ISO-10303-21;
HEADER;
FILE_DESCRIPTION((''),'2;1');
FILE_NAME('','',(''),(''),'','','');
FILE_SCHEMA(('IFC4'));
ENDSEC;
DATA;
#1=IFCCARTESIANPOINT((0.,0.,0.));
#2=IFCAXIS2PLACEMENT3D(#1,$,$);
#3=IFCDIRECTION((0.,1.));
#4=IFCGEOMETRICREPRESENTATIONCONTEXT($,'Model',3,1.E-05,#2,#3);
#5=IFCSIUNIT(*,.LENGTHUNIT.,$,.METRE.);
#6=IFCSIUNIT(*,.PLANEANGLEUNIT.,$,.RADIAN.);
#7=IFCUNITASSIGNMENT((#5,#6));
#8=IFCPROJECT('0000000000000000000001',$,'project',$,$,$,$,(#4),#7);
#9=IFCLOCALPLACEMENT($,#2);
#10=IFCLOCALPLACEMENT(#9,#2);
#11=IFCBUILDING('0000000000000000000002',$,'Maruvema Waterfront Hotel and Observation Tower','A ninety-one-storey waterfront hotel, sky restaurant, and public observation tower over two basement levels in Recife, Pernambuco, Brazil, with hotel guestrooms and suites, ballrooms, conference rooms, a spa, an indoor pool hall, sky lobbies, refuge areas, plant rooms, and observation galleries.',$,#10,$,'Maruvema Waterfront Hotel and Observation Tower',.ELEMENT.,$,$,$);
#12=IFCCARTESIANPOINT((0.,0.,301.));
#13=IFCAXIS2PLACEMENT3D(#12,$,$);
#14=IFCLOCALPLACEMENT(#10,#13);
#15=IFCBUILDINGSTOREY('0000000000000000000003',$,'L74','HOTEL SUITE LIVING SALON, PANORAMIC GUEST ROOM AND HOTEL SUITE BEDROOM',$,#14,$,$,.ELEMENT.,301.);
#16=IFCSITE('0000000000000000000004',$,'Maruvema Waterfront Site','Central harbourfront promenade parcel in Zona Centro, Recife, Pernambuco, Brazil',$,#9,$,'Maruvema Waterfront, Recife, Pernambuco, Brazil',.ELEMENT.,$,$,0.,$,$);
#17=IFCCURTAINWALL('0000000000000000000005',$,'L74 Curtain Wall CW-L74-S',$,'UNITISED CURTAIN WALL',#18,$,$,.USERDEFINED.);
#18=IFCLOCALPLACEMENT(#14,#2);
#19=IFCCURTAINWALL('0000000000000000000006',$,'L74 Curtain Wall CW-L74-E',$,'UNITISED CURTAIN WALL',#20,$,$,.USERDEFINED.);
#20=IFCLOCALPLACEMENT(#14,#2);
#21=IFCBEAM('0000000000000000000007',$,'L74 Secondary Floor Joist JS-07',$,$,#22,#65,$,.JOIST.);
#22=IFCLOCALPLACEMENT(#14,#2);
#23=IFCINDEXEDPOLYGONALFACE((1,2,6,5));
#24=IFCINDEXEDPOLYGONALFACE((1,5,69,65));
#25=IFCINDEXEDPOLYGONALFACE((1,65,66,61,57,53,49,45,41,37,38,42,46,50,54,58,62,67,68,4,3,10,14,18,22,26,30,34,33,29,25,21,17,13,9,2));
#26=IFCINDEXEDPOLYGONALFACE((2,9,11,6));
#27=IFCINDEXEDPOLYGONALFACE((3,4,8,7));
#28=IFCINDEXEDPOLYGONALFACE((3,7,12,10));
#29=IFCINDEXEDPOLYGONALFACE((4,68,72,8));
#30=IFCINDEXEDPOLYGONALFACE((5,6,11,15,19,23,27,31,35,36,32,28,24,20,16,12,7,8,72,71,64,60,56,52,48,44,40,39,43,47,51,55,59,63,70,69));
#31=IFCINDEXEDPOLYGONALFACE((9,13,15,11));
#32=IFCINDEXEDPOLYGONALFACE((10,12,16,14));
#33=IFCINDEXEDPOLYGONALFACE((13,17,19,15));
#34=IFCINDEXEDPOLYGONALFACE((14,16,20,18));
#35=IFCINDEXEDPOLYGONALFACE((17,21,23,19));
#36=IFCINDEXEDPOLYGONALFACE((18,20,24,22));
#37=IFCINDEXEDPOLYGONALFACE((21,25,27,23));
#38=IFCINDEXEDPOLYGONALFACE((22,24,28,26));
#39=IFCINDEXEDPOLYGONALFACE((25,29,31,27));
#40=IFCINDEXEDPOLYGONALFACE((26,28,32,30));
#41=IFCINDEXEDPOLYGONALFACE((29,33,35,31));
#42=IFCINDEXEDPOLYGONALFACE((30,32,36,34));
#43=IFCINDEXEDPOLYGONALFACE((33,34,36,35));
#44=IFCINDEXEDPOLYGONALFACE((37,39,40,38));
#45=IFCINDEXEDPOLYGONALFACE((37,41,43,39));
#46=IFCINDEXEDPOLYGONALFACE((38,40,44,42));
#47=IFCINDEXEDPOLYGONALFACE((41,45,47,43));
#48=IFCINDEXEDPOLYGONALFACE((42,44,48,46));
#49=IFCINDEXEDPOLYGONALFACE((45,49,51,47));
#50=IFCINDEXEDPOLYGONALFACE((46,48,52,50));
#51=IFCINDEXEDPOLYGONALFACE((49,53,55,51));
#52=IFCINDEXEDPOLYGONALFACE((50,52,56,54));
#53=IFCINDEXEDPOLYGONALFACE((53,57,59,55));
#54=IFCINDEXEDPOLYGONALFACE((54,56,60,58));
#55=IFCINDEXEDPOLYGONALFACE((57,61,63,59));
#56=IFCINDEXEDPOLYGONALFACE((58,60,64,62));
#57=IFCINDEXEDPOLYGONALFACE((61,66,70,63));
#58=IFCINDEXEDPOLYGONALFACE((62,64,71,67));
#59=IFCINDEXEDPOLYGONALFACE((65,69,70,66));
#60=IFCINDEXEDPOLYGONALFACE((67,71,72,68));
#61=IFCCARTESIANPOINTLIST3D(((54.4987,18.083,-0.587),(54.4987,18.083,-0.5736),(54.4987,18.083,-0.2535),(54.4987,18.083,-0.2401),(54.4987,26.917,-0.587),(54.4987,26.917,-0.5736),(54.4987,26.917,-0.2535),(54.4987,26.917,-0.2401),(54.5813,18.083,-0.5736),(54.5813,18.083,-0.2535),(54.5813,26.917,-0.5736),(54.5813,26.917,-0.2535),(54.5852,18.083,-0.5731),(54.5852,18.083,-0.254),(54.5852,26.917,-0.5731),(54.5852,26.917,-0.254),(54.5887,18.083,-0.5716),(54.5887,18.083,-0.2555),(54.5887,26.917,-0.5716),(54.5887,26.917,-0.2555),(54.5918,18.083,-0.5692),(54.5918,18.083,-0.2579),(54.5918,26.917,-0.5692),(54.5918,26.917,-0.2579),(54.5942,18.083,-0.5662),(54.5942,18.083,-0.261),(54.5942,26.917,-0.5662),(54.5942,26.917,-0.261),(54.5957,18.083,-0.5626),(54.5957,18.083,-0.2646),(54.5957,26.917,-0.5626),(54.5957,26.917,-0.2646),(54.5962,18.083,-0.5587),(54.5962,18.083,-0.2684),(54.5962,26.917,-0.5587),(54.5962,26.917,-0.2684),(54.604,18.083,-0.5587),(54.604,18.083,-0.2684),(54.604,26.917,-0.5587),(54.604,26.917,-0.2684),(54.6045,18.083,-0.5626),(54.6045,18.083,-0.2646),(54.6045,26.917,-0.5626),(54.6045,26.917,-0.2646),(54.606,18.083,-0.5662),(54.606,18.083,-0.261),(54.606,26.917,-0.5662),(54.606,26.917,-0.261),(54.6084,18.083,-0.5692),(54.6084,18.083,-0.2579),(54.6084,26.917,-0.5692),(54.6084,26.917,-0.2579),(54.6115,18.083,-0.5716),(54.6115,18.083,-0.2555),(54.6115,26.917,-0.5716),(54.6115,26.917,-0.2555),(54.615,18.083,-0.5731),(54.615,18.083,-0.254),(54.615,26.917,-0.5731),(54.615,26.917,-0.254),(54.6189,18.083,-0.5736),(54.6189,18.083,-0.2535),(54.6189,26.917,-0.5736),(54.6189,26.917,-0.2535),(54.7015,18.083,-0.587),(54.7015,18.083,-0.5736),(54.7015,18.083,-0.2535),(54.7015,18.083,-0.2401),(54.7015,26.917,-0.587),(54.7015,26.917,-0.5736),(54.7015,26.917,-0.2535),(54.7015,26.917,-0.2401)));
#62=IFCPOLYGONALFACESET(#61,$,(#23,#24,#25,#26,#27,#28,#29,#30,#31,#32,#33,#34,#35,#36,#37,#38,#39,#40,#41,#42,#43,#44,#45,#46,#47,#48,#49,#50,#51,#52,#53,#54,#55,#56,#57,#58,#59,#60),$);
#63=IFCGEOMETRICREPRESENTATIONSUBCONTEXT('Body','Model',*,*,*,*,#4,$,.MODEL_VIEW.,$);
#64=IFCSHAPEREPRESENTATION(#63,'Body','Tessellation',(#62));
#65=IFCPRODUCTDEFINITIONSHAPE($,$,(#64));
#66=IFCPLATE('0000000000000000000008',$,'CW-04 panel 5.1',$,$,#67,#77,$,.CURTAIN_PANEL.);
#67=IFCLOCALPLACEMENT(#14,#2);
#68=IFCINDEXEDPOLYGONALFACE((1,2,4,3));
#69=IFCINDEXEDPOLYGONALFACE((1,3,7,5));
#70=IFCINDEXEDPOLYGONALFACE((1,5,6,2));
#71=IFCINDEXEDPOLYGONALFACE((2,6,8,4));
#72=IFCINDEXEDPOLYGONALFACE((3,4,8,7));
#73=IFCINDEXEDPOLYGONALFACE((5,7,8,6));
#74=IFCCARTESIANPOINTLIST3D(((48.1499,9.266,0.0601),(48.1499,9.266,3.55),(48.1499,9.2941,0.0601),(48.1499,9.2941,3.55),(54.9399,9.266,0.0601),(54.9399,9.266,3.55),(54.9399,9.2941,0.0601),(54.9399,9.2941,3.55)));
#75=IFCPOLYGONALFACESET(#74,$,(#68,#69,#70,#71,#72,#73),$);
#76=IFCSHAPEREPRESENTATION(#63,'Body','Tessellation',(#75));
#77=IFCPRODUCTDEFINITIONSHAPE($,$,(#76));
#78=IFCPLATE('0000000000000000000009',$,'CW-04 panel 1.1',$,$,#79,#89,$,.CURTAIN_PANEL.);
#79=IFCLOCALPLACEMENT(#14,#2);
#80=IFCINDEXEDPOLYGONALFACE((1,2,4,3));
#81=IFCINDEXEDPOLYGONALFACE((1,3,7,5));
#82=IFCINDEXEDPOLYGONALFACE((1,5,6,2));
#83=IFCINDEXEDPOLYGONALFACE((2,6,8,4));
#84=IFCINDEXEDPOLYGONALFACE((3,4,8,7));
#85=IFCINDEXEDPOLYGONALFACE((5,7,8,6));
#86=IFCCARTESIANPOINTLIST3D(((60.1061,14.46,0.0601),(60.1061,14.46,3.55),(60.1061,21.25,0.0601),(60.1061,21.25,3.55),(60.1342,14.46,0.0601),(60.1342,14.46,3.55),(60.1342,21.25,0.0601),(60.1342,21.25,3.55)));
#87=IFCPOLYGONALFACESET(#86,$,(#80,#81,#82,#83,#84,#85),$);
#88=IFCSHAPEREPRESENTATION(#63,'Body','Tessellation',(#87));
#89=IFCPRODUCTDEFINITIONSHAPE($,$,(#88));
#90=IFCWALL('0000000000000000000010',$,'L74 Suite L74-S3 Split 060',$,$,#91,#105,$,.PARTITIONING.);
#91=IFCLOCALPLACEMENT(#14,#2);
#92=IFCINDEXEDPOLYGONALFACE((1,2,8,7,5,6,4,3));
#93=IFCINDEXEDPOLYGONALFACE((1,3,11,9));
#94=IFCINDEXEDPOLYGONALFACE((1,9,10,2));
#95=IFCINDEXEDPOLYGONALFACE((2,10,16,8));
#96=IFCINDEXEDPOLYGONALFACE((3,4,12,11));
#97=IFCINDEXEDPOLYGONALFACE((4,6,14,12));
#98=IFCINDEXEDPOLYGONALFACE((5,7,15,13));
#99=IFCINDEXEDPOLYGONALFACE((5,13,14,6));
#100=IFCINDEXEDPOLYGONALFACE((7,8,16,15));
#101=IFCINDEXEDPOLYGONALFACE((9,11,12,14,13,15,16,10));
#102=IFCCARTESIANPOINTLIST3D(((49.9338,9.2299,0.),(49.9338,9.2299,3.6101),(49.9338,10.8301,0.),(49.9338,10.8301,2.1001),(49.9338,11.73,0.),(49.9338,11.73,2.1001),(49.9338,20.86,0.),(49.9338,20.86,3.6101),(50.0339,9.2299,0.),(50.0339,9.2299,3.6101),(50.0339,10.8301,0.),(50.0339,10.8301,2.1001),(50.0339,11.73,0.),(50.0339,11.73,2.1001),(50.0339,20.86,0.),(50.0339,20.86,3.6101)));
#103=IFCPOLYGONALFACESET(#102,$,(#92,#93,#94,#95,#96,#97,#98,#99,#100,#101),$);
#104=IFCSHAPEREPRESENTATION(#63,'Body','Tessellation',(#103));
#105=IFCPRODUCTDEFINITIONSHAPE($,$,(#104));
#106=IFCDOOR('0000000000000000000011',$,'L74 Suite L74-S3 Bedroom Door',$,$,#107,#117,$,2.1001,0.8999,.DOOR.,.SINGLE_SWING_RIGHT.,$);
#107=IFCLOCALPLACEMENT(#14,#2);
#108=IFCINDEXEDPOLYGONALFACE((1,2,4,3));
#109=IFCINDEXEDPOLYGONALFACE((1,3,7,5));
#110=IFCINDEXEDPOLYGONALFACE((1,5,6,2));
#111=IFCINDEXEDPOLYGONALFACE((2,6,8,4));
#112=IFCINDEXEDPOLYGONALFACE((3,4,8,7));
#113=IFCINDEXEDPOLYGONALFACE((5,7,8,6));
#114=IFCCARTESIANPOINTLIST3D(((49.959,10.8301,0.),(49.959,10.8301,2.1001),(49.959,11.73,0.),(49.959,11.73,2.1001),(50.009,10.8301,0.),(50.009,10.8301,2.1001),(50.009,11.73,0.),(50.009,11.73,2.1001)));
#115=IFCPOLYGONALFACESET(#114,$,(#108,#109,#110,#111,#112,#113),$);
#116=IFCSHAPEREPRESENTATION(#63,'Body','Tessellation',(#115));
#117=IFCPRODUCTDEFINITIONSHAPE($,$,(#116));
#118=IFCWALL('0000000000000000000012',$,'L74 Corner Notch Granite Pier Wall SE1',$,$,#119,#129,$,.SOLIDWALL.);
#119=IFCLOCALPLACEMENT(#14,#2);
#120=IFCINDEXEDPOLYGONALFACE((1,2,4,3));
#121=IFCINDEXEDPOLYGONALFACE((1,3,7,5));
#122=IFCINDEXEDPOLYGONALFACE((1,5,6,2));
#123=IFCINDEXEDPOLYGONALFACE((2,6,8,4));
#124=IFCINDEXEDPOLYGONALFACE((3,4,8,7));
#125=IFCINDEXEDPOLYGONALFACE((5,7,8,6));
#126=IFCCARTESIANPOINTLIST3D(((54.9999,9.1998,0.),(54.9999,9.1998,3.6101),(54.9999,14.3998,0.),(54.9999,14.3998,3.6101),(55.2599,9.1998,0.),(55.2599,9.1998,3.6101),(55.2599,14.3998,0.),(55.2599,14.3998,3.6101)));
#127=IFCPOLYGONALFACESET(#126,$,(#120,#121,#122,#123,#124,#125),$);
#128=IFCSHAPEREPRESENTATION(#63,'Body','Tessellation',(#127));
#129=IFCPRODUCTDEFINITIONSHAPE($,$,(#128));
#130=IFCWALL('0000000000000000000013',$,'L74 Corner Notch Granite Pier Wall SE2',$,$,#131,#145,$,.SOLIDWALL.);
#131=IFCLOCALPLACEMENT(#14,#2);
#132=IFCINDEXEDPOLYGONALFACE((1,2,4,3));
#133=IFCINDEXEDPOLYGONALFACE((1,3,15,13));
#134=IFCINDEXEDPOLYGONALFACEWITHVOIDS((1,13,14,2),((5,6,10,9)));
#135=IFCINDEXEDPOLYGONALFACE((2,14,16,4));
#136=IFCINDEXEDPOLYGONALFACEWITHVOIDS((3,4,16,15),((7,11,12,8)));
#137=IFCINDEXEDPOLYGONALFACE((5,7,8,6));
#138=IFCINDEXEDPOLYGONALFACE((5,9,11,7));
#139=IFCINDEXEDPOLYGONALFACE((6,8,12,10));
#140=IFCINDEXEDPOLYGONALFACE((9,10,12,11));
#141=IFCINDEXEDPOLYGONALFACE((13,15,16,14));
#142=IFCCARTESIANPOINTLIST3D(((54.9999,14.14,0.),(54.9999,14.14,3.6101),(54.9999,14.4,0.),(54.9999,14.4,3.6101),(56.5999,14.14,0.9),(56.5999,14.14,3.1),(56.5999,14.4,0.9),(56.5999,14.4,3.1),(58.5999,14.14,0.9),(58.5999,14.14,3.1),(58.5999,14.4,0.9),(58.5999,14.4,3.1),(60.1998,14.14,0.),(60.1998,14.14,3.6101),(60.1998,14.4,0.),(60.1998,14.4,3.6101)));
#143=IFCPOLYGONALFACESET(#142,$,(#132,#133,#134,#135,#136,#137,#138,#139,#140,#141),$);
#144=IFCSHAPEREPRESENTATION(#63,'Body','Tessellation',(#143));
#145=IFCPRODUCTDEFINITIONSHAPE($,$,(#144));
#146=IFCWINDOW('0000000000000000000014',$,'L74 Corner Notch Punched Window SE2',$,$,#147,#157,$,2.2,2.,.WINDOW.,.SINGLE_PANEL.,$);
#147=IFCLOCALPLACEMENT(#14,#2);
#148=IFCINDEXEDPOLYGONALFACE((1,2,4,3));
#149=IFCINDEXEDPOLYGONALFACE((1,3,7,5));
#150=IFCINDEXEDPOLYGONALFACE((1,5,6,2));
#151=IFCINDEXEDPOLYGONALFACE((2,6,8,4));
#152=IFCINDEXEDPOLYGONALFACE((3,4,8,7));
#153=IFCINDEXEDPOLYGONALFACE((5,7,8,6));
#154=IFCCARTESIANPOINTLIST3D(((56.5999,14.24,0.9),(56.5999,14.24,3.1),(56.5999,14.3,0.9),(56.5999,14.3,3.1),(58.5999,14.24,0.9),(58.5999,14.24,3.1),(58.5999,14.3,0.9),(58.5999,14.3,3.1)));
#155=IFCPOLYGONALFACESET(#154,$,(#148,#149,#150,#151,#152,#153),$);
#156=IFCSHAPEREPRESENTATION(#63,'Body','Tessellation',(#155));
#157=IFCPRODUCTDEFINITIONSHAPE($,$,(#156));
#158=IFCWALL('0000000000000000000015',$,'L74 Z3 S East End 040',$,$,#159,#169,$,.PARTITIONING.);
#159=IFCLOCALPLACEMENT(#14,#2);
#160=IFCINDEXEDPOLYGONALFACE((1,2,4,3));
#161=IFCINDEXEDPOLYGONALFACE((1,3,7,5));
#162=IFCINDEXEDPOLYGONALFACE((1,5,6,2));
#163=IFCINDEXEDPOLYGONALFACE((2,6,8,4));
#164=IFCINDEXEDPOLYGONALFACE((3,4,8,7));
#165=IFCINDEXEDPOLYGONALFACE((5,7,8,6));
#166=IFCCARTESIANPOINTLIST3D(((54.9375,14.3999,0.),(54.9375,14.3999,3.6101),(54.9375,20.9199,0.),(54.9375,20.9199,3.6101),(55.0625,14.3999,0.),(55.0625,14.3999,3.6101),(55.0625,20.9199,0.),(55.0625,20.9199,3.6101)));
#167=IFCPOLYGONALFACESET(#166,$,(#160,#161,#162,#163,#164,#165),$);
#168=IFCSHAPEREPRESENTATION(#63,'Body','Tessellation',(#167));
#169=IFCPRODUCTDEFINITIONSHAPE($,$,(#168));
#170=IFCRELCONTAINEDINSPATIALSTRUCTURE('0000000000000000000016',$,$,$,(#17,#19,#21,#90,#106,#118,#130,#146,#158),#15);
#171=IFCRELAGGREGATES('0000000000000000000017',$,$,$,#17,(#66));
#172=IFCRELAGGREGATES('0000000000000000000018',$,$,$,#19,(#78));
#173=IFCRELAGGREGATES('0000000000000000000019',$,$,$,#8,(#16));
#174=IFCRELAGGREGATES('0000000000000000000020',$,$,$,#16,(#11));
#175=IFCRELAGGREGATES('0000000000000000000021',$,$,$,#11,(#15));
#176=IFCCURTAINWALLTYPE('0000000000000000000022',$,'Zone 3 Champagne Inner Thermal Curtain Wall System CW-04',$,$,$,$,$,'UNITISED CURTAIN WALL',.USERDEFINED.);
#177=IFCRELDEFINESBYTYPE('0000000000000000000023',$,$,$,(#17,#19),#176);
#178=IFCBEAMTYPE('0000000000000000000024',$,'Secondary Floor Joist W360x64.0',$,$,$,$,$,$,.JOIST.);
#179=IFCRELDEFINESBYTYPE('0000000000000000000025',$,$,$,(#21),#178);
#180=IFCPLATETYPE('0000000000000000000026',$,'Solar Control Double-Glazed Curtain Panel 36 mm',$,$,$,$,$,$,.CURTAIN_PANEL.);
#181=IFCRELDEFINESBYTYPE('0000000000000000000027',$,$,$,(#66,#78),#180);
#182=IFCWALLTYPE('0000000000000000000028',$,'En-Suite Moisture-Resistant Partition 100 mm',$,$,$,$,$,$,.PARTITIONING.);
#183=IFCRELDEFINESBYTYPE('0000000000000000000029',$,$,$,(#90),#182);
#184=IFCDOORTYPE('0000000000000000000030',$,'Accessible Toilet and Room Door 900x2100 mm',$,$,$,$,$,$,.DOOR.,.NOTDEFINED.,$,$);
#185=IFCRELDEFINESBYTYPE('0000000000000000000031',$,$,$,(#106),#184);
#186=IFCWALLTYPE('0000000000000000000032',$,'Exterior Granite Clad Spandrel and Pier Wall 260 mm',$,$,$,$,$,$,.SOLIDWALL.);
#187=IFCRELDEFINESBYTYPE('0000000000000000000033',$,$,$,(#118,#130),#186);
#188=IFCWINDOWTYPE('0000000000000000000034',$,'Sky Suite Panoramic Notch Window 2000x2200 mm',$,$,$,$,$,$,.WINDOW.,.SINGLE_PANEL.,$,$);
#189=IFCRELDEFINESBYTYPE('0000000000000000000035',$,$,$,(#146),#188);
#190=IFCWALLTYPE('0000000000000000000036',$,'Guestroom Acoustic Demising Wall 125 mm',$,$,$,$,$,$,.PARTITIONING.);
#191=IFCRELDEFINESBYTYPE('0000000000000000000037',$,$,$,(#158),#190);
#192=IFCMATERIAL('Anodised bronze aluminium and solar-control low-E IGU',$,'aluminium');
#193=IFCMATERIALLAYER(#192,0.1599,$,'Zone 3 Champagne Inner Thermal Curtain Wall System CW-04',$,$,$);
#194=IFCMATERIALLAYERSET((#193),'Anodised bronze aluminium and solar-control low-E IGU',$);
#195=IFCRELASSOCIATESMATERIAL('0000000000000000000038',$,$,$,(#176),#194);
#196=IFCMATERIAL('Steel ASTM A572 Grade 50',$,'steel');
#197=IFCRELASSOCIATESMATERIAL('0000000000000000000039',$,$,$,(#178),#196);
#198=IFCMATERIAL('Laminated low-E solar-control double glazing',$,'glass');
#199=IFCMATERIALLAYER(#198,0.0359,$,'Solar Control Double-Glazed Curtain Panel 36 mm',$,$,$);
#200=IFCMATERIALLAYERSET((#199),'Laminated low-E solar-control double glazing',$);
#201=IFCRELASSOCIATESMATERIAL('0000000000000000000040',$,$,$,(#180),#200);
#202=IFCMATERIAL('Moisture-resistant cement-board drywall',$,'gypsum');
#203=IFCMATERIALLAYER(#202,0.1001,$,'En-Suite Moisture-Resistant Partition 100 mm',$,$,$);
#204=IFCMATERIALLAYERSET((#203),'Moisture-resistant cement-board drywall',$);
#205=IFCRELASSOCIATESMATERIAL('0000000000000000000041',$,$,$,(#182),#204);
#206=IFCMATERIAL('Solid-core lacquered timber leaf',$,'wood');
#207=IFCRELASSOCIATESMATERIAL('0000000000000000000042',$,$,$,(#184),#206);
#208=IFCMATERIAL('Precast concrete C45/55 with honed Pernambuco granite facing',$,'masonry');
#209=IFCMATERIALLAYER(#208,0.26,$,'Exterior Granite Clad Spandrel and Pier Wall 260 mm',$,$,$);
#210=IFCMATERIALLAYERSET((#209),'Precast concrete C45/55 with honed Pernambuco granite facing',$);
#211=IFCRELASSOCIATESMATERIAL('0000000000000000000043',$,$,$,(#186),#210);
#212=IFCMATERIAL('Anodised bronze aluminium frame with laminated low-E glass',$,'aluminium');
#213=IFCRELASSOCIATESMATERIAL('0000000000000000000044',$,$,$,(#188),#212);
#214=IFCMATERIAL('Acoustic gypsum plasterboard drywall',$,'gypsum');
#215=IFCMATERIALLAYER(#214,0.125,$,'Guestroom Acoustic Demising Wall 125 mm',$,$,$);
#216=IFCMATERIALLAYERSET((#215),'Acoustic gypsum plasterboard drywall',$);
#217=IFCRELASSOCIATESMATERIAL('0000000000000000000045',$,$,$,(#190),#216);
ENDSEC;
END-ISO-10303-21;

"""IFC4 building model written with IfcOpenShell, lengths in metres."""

from ifc_helpers import new_model, si_unit, direction, frame, frame_2d, origin, origin_2d, place, context, subcontext, project, spatial, rectangle, i_section, extrude, material, layer, layer_set, material_profile, profile_set, type_object, element, fill, aggregate, save


model = new_model("IFC4")

# Units and contexts
model_context = context("Model", 3, precision=1e-05, world=origin(), true_north=direction((0.0, 1.0)))
body_context = subcontext(model_context, "Body", "Model", "MODEL_VIEW")
ifc_project = project(units=[si_unit("LENGTHUNIT", "METRE"), si_unit("PLANEANGLEUNIT", "RADIAN")], contexts=[model_context])

# Site, building, storey
site_placement = place(None, origin())
site = spatial("IfcSite", under=ifc_project, at=site_placement, Name="Maruvema Waterfront Site", Description="Central harbourfront promenade parcel in Zona Centro, Recife, Pernambuco, Brazil", LongName="Maruvema Waterfront, Recife, Pernambuco, Brazil", CompositionType="ELEMENT", RefElevation=0.0)
building_placement = place(site_placement, origin())
building = spatial("IfcBuilding", under=site, at=building_placement, Name="Maruvema Waterfront Hotel and Observation Tower", Description="A ninety-one-storey waterfront hotel, sky restaurant, and public observation tower over two basement levels in Recife, Pernambuco, Brazil, with hotel guestrooms and suites, ballrooms, conference rooms, a spa, an indoor pool hall, sky lobbies, refuge areas, plant rooms, and observation galleries.", LongName="Maruvema Waterfront Hotel and Observation Tower", CompositionType="ELEMENT")
storey_placement = place(building_placement, frame((0.0, 0.0, 301.0)))
storey = spatial("IfcBuildingStorey", under=building, at=storey_placement, Name="L74", Description="HOTEL SUITE LIVING SALON, PANORAMIC GUEST ROOM AND HOTEL SUITE BEDROOM", CompositionType="ELEMENT", Elevation=301.0)

# Curtain wall
ifc_material_1 = material(Name="Anodised bronze aluminium and solar-control low-E IGU", Category="aluminium")
ifc_layer_1 = layer(ifc_material_1, 0.1599, Name="Zone 3 Champagne Inner Thermal Curtain Wall System CW-04")
ifc_layer_set_1 = layer_set([ifc_layer_1], Name="Anodised bronze aluminium and solar-control low-E IGU")
curtain_wall_type = type_object("IfcCurtainWallType", Name="Zone 3 Champagne Inner Thermal Curtain Wall System CW-04", ElementType="UNITISED CURTAIN WALL", PredefinedType="USERDEFINED", material=ifc_layer_set_1)
curtain_wall_1_placement = place(storey_placement, origin())
curtain_wall_1 = element("IfcCurtainWall", 1, at=curtain_wall_1_placement, inside=storey, type_object=curtain_wall_type, Name="L74 Curtain Wall CW-L74-S", ObjectType="UNITISED CURTAIN WALL", PredefinedType="USERDEFINED")

# Curtain wall
curtain_wall_2_placement = place(storey_placement, origin())
curtain_wall_2 = element("IfcCurtainWall", 2, at=curtain_wall_2_placement, inside=storey, type_object=curtain_wall_type, Name="L74 Curtain Wall CW-L74-E", ObjectType="UNITISED CURTAIN WALL", PredefinedType="USERDEFINED")

# Beam
ifc_material_2 = material(Name="Steel ASTM A572 Grade 50", Category="steel")
ifc_material_profile_1 = material_profile(ifc_material_2, i_section(OverallWidth=0.2029, OverallDepth=0.3469, WebThickness=0.0078, FlangeThickness=0.0134, FilletRadius=0.0149, at=origin_2d()), Name="W360x64.0")
ifc_profile_set_1 = profile_set([ifc_material_profile_1], Name="Steel ASTM A572 Grade 50")
beam_type_1 = type_object("IfcBeamType", Name="Secondary Floor Joist W360x64.0", PredefinedType="JOIST", material=ifc_profile_set_1)
beam_1_placement = place(storey_placement, frame((54.6001, 18.083, -0.4136), z_axis=(0.0, 1.0, 0.0), x_axis=(-1.0, 0.0, 0.0)))
element("IfcBeam", 3, at=beam_1_placement, inside=storey, type_object=beam_type_1, Name="L74 Secondary Floor Joist JS-07", PredefinedType="JOIST", context=body_context, shape_type="SweptSolid", body=[
    extrude(i_section(OverallWidth=0.2029, OverallDepth=0.3469, WebThickness=0.0078, FlangeThickness=0.0134, FilletRadius=0.0149, at=origin_2d()), origin(), (0.0, 0.0, 1.0), 8.834),
])

# Plates
ifc_material_3 = material(Name="Laminated low-E solar-control double glazing", Category="glass")
ifc_layer_2 = layer(ifc_material_3, 0.0359, Name="Solar Control Double-Glazed Curtain Panel 36 mm")
ifc_layer_set_2 = layer_set([ifc_layer_2], Name="Laminated low-E solar-control double glazing")
plate_type = type_object("IfcPlateType", Name="Solar Control Double-Glazed Curtain Panel 36 mm", PredefinedType="CURTAIN_PANEL", material=ifc_layer_set_2)
plate_1_placement = place(storey_placement, frame((51.5449, 9.28, 0.0601), z_axis=(0.0, 0.0, 1.0), x_axis=(1.0, 0.0, 0.0)))
plate_1 = element("IfcPlate", 4, at=plate_1_placement, type_object=plate_type, Name="CW-04 panel 5.1", PredefinedType="CURTAIN_PANEL", context=body_context, shape_type="SweptSolid", body=[
    extrude(rectangle(XDim=6.79, YDim=0.0281, at=origin_2d()), origin(), (0.0, 0.0, 1.0), 3.49),
])
aggregate(curtain_wall_1, [plate_1])
plate_2_placement = place(storey_placement, frame((60.1201, 17.855, 0.0601), z_axis=(0.0, 0.0, 1.0), x_axis=(0.0, 1.0, 0.0)))
plate_2 = element("IfcPlate", 5, at=plate_2_placement, type_object=plate_type, Name="CW-04 panel 1.1", PredefinedType="CURTAIN_PANEL", context=body_context, shape_type="SweptSolid", body=[
    extrude(rectangle(XDim=6.79, YDim=0.0281, at=origin_2d()), origin(), (0.0, 0.0, 1.0), 3.49),
])
aggregate(curtain_wall_2, [plate_2])

# Wall, opening, door
ifc_material_4 = material(Name="Moisture-resistant cement-board drywall", Category="gypsum")
ifc_layer_3 = layer(ifc_material_4, 0.1001, Name="En-Suite Moisture-Resistant Partition 100 mm")
ifc_layer_set_3 = layer_set([ifc_layer_3], Name="Moisture-resistant cement-board drywall")
wall_type_1 = type_object("IfcWallType", Name="En-Suite Moisture-Resistant Partition 100 mm", PredefinedType="PARTITIONING", material=ifc_layer_set_3)
wall_1_placement = place(storey_placement, frame((49.9839, 9.23, 0.0), z_axis=(0.0, 0.0, 1.0), x_axis=(0.0, 1.0, 0.0)))
wall_1 = element("IfcWall", 6, at=wall_1_placement, inside=storey, type_object=wall_type_1, Name="L74 Suite L74-S3 Split 060", PredefinedType="PARTITIONING", context=body_context, shape_type="SweptSolid", body=[
    extrude(rectangle(XDim=11.6301, YDim=0.1001, at=frame_2d((5.8149, 0.0))), origin(), (0.0, 0.0, 1.0), 3.6101),
])
opening_1_placement = place(wall_1_placement, frame((1.6001, 0.0, 0.0)))
opening_1 = element("IfcOpeningElement", 7, at=opening_1_placement, cuts=wall_1, PredefinedType="OPENING", context=body_context, shape_type="SweptSolid", body=[
    extrude(rectangle(XDim=0.8999, YDim=2.1001, at=frame_2d((0.45, 1.05))), frame((0.0, 0.0601, 0.0), z_axis=(0.0, -1.0, 0.0), x_axis=(1.0, 0.0, 0.0)), (0.0, 0.0, 1.0), 0.1201),
])
ifc_material_5 = material(Name="Solid-core lacquered timber leaf", Category="wood")
door_type = type_object("IfcDoorType", Name="Accessible Toilet and Room Door 900x2100 mm", OperationType="NOTDEFINED", PredefinedType="DOOR", material=ifc_material_5)
door_placement = place(opening_1_placement, origin())
door = element("IfcDoor", 8, at=door_placement, inside=storey, type_object=door_type, Name="L74 Suite L74-S3 Bedroom Door", OperationType="SINGLE_SWING_RIGHT", OverallHeight=2.1001, OverallWidth=0.8999, PredefinedType="DOOR", context=body_context, shape_type="SweptSolid", body=[
    extrude(rectangle(XDim=0.8999, YDim=2.1001, at=frame_2d((0.45, 1.05))), frame((0.0, 0.0249, 0.0), z_axis=(0.0, -1.0, 0.0), x_axis=(1.0, 0.0, 0.0)), (0.0, 0.0, 1.0), 0.05),
])
fill(opening_1, door)

# Wall
ifc_material_6 = material(Name="Precast concrete C45/55 with honed Pernambuco granite facing", Category="masonry")
ifc_layer_4 = layer(ifc_material_6, 0.26, Name="Exterior Granite Clad Spandrel and Pier Wall 260 mm")
ifc_layer_set_4 = layer_set([ifc_layer_4], Name="Precast concrete C45/55 with honed Pernambuco granite facing")
wall_type_2 = type_object("IfcWallType", Name="Exterior Granite Clad Spandrel and Pier Wall 260 mm", PredefinedType="SOLIDWALL", material=ifc_layer_set_4)
wall_2_placement = place(storey_placement, frame((55.1299, 14.3999, 0.0), z_axis=(0.0, 0.0, 1.0), x_axis=(0.0, -1.0, 0.0)))
element("IfcWall", 9, at=wall_2_placement, inside=storey, type_object=wall_type_2, Name="L74 Corner Notch Granite Pier Wall SE1", PredefinedType="SOLIDWALL", context=body_context, shape_type="SweptSolid", body=[
    extrude(rectangle(XDim=5.2, YDim=0.26, at=frame_2d((2.6001, 0.0))), origin(), (0.0, 0.0, 1.0), 3.6101),
])

# Wall, opening, window
wall_3_placement = place(storey_placement, frame((60.2, 14.27, 0.0), z_axis=(0.0, 0.0, 1.0), x_axis=(-1.0, 0.0, 0.0)))
wall_3 = element("IfcWall", 10, at=wall_3_placement, inside=storey, type_object=wall_type_2, Name="L74 Corner Notch Granite Pier Wall SE2", PredefinedType="SOLIDWALL", context=body_context, shape_type="SweptSolid", body=[
    extrude(rectangle(XDim=5.2, YDim=0.26, at=frame_2d((2.6001, 0.0))), origin(), (0.0, 0.0, 1.0), 3.6101),
])
opening_2_placement = place(wall_3_placement, frame((1.6001, 0.0, 0.8999)))
opening_2 = element("IfcOpeningElement", 11, at=opening_2_placement, cuts=wall_3, PredefinedType="OPENING", context=body_context, shape_type="SweptSolid", body=[
    extrude(rectangle(XDim=2.0, YDim=2.2, at=frame_2d((1.0, 1.1001))), frame((0.0, 0.1401, 0.0), z_axis=(0.0, -1.0, 0.0), x_axis=(1.0, 0.0, 0.0)), (0.0, 0.0, 1.0), 0.28),
])
ifc_material_7 = material(Name="Anodised bronze aluminium frame with laminated low-E glass", Category="aluminium")
window_type = type_object("IfcWindowType", Name="Sky Suite Panoramic Notch Window 2000x2200 mm", PartitioningType="SINGLE_PANEL", PredefinedType="WINDOW", material=ifc_material_7)
window_placement = place(opening_2_placement, origin())
window = element("IfcWindow", 12, at=window_placement, inside=storey, type_object=window_type, Name="L74 Corner Notch Punched Window SE2", OverallHeight=2.2, OverallWidth=2.0, PartitioningType="SINGLE_PANEL", PredefinedType="WINDOW", context=body_context, shape_type="SweptSolid", body=[
    extrude(rectangle(XDim=2.0, YDim=2.2, at=frame_2d((1.0, 1.1001))), frame((0.0, 0.03, 0.0), z_axis=(0.0, -1.0, 0.0), x_axis=(1.0, 0.0, 0.0)), (0.0, 0.0, 1.0), 0.0601),
])
fill(opening_2, window)

# Wall
ifc_material_8 = material(Name="Acoustic gypsum plasterboard drywall", Category="gypsum")
ifc_layer_5 = layer(ifc_material_8, 0.125, Name="Guestroom Acoustic Demising Wall 125 mm")
ifc_layer_set_5 = layer_set([ifc_layer_5], Name="Acoustic gypsum plasterboard drywall")
wall_type_3 = type_object("IfcWallType", Name="Guestroom Acoustic Demising Wall 125 mm", PredefinedType="PARTITIONING", material=ifc_layer_set_5)
wall_4_placement = place(storey_placement, frame((55.0, 14.3999, 0.0), z_axis=(0.0, 0.0, 1.0), x_axis=(0.0, 1.0, 0.0)))
element("IfcWall", 13, at=wall_4_placement, inside=storey, type_object=wall_type_3, Name="L74 Z3 S East End 040", PredefinedType="PARTITIONING", context=body_context, shape_type="SweptSolid", body=[
    extrude(rectangle(XDim=6.52, YDim=0.125, at=frame_2d((3.26, 0.0))), origin(), (0.0, 0.0, 1.0), 3.6101),
])

save(model, "model.ifc")
